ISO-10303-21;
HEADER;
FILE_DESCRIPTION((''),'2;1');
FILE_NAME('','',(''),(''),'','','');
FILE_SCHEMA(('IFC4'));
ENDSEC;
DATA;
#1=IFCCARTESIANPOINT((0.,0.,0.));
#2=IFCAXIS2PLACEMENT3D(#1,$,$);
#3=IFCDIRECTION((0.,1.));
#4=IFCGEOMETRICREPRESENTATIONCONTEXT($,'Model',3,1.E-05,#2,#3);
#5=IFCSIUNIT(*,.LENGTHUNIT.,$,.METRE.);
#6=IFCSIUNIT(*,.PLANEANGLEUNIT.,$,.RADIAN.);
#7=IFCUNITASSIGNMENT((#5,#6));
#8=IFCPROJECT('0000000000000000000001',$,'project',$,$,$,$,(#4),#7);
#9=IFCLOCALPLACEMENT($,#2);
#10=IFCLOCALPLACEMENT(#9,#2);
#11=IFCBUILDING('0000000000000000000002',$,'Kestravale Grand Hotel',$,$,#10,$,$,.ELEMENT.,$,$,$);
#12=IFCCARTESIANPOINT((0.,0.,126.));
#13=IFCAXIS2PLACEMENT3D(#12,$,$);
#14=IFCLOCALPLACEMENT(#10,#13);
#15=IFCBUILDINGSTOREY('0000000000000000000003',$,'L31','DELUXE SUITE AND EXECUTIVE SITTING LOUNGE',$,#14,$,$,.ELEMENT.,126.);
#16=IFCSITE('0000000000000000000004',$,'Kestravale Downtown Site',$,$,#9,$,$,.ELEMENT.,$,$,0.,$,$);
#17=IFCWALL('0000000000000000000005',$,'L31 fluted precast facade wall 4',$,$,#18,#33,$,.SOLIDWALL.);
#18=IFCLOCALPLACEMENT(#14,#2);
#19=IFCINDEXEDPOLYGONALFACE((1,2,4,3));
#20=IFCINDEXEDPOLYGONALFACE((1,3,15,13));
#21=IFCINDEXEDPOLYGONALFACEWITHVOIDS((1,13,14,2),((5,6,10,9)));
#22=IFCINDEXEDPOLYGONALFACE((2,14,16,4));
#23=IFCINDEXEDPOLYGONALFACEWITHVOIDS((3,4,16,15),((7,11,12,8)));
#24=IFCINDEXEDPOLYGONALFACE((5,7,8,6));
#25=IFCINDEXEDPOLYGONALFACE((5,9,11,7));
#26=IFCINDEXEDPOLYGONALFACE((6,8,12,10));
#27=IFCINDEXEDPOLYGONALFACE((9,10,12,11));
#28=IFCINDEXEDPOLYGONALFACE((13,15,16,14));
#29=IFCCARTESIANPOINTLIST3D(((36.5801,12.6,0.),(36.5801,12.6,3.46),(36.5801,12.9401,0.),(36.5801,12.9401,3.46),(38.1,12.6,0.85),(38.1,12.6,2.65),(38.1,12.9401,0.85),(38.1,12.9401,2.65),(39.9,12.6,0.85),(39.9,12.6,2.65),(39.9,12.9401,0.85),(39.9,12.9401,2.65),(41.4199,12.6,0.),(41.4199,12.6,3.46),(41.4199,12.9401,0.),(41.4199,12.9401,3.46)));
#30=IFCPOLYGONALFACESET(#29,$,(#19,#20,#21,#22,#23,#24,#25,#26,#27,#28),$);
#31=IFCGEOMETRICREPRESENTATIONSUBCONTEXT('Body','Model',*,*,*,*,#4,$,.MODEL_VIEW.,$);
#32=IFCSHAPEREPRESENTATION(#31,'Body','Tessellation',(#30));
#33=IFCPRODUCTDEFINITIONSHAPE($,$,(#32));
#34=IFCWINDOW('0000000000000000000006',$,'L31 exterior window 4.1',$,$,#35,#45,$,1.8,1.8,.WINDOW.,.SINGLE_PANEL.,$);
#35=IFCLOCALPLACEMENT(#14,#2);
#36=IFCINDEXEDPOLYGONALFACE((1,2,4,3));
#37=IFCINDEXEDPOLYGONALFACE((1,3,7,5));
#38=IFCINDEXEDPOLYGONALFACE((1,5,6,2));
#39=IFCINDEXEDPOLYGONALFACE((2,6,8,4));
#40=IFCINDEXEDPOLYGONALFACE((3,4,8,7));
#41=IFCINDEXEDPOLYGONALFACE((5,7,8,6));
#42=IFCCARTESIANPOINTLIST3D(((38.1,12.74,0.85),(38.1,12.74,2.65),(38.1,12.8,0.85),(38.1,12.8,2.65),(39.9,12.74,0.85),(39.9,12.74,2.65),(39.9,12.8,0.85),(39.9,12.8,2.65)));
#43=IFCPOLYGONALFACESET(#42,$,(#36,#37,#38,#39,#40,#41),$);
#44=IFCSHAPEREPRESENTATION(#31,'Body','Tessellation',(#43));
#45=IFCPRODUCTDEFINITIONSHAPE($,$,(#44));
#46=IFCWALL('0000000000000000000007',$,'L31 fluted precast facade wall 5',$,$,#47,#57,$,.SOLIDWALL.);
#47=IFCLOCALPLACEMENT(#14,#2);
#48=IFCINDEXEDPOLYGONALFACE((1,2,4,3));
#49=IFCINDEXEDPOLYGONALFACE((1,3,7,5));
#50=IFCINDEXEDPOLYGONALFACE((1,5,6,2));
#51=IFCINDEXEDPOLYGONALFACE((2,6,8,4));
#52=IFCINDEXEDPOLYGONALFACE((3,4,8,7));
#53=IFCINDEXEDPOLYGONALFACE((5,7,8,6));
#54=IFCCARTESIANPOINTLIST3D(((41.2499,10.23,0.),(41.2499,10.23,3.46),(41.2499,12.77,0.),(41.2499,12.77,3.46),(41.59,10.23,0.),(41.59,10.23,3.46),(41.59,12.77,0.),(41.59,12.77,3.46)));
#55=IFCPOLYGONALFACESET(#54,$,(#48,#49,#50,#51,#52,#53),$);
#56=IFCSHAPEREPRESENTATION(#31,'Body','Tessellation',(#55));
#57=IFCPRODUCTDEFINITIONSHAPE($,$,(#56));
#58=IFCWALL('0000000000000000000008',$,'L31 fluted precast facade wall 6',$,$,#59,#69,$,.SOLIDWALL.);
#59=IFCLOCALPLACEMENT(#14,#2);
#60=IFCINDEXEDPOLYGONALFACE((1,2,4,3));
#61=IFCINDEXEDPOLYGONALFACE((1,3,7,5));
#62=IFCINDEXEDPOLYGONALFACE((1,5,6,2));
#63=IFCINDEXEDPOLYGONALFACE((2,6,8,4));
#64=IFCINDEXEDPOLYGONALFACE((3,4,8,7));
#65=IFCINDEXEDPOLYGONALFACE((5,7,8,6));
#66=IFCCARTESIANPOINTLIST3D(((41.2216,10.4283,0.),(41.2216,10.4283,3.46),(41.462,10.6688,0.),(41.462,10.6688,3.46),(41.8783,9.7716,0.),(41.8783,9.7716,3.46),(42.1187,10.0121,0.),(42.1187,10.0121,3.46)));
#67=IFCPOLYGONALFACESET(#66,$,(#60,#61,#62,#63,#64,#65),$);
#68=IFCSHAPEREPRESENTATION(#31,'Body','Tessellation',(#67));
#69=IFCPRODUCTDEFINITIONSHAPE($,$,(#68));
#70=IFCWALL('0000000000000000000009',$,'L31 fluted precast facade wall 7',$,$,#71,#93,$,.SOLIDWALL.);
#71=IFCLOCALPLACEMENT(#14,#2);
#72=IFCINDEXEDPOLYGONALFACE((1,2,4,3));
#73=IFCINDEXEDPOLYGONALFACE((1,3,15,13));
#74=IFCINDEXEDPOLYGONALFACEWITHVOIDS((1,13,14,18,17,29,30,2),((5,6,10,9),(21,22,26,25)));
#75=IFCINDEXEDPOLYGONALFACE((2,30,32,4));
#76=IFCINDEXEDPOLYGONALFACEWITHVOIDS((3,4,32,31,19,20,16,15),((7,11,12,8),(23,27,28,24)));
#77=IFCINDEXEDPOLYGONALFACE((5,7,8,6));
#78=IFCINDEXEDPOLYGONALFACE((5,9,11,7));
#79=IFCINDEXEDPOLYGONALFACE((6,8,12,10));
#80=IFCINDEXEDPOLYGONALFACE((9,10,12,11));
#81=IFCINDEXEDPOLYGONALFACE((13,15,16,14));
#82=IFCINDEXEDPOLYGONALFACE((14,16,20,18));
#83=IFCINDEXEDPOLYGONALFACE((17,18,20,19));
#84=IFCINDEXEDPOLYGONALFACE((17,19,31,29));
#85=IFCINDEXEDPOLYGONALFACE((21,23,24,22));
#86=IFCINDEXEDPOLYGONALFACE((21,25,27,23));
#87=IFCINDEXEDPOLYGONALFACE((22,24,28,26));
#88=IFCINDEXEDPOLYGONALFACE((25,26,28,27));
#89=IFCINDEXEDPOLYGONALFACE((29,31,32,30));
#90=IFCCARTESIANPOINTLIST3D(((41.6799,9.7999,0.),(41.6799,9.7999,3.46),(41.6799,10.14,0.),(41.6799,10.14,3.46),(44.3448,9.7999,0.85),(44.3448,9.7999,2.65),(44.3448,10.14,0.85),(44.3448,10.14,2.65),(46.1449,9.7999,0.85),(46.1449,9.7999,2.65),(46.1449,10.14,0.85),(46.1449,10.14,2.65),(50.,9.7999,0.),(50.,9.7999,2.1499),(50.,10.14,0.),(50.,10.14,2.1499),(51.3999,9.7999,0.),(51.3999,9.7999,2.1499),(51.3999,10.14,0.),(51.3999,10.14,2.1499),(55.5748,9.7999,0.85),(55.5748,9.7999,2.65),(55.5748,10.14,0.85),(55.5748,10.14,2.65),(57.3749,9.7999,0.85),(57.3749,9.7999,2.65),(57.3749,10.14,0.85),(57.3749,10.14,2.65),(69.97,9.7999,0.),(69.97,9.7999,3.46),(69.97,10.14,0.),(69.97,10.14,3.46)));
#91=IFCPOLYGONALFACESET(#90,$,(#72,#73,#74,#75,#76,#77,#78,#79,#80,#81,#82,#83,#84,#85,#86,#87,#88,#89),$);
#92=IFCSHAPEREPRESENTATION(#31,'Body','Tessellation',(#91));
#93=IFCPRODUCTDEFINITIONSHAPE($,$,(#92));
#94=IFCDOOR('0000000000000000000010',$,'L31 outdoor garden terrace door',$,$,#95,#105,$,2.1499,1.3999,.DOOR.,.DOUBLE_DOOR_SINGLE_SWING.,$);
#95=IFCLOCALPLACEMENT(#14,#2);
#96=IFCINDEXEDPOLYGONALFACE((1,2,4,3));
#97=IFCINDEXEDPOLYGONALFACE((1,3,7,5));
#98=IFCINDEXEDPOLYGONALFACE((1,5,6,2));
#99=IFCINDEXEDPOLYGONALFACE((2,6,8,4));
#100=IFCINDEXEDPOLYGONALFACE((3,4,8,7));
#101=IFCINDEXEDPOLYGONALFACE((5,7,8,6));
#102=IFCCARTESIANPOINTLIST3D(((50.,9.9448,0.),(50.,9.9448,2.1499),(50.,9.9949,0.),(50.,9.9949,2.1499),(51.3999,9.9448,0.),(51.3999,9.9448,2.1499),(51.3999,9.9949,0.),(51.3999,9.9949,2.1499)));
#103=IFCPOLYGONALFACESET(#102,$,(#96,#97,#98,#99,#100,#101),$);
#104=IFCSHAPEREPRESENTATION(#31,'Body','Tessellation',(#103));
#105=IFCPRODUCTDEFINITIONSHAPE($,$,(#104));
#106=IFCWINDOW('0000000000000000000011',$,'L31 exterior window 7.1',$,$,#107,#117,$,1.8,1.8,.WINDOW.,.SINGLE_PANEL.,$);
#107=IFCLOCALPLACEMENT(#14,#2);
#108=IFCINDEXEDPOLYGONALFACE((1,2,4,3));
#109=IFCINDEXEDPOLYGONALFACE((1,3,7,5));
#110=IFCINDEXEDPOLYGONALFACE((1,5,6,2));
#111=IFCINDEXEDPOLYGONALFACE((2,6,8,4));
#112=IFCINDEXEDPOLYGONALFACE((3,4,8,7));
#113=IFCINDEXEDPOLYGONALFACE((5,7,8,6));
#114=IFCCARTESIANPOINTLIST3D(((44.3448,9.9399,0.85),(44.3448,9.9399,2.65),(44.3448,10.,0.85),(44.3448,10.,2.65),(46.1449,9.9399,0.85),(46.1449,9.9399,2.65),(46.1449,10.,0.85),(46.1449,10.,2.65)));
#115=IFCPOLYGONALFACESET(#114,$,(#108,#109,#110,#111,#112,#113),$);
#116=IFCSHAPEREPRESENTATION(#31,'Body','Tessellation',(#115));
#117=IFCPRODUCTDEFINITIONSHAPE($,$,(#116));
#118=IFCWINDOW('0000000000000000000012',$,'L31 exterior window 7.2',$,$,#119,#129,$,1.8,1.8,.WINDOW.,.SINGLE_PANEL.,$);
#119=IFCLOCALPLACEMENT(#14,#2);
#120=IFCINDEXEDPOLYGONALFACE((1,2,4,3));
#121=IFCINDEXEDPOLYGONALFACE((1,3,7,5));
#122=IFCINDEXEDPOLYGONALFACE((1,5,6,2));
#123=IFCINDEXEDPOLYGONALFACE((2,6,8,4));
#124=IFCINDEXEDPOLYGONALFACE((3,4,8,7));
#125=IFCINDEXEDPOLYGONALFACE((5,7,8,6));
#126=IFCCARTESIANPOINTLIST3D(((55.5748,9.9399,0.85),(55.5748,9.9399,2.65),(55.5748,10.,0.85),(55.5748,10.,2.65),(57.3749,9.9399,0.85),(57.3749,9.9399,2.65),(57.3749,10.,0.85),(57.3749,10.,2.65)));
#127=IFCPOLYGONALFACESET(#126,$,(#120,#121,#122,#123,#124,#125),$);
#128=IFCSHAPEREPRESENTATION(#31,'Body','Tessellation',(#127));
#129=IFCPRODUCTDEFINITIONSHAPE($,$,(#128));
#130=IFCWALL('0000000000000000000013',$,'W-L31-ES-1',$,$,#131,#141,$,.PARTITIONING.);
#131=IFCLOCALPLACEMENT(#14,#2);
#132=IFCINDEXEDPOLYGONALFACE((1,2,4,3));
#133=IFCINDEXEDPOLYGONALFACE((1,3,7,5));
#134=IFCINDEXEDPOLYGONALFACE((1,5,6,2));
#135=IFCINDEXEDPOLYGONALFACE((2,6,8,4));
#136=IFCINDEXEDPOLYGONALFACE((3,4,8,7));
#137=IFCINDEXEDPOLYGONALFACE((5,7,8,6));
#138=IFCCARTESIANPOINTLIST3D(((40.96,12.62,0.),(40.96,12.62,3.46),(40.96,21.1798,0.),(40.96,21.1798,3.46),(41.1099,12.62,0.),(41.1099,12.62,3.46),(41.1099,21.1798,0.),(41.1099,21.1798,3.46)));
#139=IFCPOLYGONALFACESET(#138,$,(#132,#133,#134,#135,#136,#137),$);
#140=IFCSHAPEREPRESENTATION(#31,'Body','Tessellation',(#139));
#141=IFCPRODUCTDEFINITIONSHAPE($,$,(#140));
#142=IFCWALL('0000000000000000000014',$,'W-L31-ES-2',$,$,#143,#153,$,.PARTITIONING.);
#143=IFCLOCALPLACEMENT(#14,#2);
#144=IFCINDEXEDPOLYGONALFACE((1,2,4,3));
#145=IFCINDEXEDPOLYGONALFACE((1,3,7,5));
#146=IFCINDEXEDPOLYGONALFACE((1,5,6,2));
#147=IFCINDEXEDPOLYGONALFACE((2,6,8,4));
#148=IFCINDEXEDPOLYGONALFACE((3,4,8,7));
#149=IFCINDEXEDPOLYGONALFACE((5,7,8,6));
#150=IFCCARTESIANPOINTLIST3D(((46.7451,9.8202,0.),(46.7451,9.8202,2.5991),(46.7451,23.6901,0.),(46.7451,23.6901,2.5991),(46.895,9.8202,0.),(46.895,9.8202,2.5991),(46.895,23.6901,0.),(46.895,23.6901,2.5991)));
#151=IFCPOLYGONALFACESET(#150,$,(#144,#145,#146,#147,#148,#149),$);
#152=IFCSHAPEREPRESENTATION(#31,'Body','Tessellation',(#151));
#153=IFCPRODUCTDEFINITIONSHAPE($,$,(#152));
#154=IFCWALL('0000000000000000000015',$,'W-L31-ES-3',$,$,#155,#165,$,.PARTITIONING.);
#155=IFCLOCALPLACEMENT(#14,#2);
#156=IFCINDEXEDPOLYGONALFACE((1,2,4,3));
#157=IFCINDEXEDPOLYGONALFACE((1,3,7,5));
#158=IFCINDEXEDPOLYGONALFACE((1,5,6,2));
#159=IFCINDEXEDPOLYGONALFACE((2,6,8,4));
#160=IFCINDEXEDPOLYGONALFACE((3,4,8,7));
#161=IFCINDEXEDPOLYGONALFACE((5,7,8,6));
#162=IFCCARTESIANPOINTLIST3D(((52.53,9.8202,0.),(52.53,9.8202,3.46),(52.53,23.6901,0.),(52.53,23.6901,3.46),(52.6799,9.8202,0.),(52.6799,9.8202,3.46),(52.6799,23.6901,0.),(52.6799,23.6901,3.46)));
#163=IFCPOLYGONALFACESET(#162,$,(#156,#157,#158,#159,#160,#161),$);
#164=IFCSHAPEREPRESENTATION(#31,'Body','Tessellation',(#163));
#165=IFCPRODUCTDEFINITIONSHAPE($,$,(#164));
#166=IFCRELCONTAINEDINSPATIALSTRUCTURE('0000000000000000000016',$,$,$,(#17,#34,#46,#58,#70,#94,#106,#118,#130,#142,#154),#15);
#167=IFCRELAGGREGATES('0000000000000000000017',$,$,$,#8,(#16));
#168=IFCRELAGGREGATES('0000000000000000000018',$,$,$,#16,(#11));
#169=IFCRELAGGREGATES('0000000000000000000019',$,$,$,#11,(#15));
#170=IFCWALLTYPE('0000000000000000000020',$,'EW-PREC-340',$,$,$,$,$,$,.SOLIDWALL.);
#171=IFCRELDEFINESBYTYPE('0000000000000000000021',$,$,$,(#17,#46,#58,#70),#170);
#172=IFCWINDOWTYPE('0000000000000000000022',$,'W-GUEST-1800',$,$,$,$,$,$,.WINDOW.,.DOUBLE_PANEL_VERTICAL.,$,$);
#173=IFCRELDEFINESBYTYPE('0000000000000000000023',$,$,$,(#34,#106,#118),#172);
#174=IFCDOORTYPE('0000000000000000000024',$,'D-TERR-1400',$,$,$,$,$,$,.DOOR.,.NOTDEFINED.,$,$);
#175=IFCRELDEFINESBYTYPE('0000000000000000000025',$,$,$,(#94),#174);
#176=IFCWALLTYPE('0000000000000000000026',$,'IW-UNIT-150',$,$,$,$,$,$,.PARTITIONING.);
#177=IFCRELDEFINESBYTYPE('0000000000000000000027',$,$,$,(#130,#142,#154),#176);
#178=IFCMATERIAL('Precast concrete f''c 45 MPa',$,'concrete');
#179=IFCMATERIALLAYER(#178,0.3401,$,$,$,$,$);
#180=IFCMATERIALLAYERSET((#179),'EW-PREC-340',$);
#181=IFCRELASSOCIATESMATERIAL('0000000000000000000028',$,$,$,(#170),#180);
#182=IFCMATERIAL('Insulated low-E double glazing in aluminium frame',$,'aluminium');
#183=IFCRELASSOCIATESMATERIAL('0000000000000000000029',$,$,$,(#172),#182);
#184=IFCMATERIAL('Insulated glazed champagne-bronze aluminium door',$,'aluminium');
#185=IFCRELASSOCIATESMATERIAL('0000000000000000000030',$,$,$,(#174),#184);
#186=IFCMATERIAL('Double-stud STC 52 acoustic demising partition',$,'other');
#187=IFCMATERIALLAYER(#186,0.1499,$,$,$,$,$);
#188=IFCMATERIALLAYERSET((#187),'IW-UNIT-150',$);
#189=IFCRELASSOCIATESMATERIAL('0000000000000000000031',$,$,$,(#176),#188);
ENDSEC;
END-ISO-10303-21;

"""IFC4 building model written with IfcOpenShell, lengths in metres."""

from ifc_helpers import new_model, si_unit, direction, frame, frame_2d, origin, place, context, subcontext, project, spatial, rectangle, extrude, material, layer, layer_set, type_object, element, fill, save


model = new_model("IFC4")

# Units and contexts
model_context = context("Model", 3, precision=1e-05, world=origin(), true_north=direction((0.0, 1.0)))
body_context = subcontext(model_context, "Body", "Model", "MODEL_VIEW")
ifc_project = project(units=[si_unit("LENGTHUNIT", "METRE"), si_unit("PLANEANGLEUNIT", "RADIAN")], contexts=[model_context])

# Site, building, storey
site_placement = place(None, origin())
site = spatial("IfcSite", under=ifc_project, at=site_placement, Name="Kestravale Downtown Site", CompositionType="ELEMENT", RefElevation=0.0)
building_placement = place(site_placement, origin())
building = spatial("IfcBuilding", under=site, at=building_placement, Name="Kestravale Grand Hotel", CompositionType="ELEMENT")
storey_placement = place(building_placement, frame((0.0, 0.0, 126.0)))
storey = spatial("IfcBuildingStorey", under=building, at=storey_placement, Name="L31", Description="DELUXE SUITE AND EXECUTIVE SITTING LOUNGE", CompositionType="ELEMENT", Elevation=126.0)

# Shared definitions
ifc_material_1 = material(Name="Precast concrete f'c 45 MPa", Category="concrete")
ifc_layer_1 = layer(ifc_material_1, 0.3401)
ifc_layer_set_1 = layer_set([ifc_layer_1], Name="EW-PREC-340")
wall_type_1 = type_object("IfcWallType", Name="EW-PREC-340", PredefinedType="SOLIDWALL", material=ifc_layer_set_1)

# Wall, opening, window
ifc_material_2 = material(Name="Insulated low-E double glazing in aluminium frame", Category="aluminium")
window_type = type_object("IfcWindowType", Name="W-GUEST-1800", PartitioningType="DOUBLE_PANEL_VERTICAL", PredefinedType="WINDOW", material=ifc_material_2)
wall_1_placement = place(storey_placement, frame((36.5801, 12.77, 0.0), z_axis=(0.0, 0.0, 1.0), x_axis=(1.0, 0.0, 0.0)))
wall_1 = element("IfcWall", 1, at=wall_1_placement, inside=storey, type_object=wall_type_1, Name="L31 fluted precast facade wall 4", PredefinedType="SOLIDWALL", context=body_context, shape_type="SweptSolid", body=[
    extrude(rectangle(XDim=4.8398, YDim=0.3401, at=frame_2d((2.4199, 0.0))), origin(), (0.0, 0.0, 1.0), 3.46),
])
opening_1_placement = place(wall_1_placement, frame((1.52, 0.0, 0.8501)))
opening_1 = element("IfcOpeningElement", 2, at=opening_1_placement, cuts=wall_1, PredefinedType="OPENING", context=body_context, shape_type="SweptSolid", body=[
    extrude(rectangle(XDim=1.8, YDim=1.8, at=frame_2d((0.8999, 0.8999))), frame((0.0, 0.1799, 0.0), z_axis=(0.0, -1.0, 0.0), x_axis=(1.0, 0.0, 0.0)), (0.0, 0.0, 1.0), 0.3601),
])
window_1_placement = place(opening_1_placement, origin())
window_1 = element("IfcWindow", 3, at=window_1_placement, inside=storey, type_object=window_type, Name="L31 exterior window 4.1", OverallHeight=1.8, OverallWidth=1.8, PartitioningType="SINGLE_PANEL", PredefinedType="WINDOW", context=body_context, shape_type="SweptSolid", body=[
    extrude(rectangle(XDim=1.8, YDim=1.8, at=frame_2d((0.8999, 0.8999))), frame((0.0, 0.03, 0.0), z_axis=(0.0, -1.0, 0.0), x_axis=(1.0, 0.0, 0.0)), (0.0, 0.0, 1.0), 0.0601),
])
fill(opening_1, window_1)

# Walls
wall_2_placement = place(storey_placement, frame((41.4199, 12.77, 0.0), z_axis=(0.0, 0.0, 1.0), x_axis=(0.0, -1.0, 0.0)))
element("IfcWall", 4, at=wall_2_placement, inside=storey, type_object=wall_type_1, Name="L31 fluted precast facade wall 5", PredefinedType="SOLIDWALL", context=body_context, shape_type="SweptSolid", body=[
    extrude(rectangle(XDim=2.54, YDim=0.3401, at=frame_2d((1.27, 0.0))), origin(), (0.0, 0.0, 1.0), 3.46),
])
wall_3_placement = place(storey_placement, frame((41.3418, 10.5486, 0.0), z_axis=(0.0, 0.0, 1.0), x_axis=(0.707107, -0.707107, 0.0)))
element("IfcWall", 5, at=wall_3_placement, inside=storey, type_object=wall_type_1, Name="L31 fluted precast facade wall 6", PredefinedType="SOLIDWALL", context=body_context, shape_type="SweptSolid", body=[
    extrude(rectangle(XDim=0.9287, YDim=0.3401, at=frame_2d((0.4644, 0.0))), origin(), (0.0, 0.0, 1.0), 3.46),
])

# Wall, openings, door, windows
wall_4_placement = place(storey_placement, frame((41.6799, 9.97, 0.0), z_axis=(0.0, 0.0, 1.0), x_axis=(1.0, 0.0, 0.0)))
wall_4 = element("IfcWall", 6, at=wall_4_placement, inside=storey, type_object=wall_type_1, Name="L31 fluted precast facade wall 7", PredefinedType="SOLIDWALL", context=body_context, shape_type="SweptSolid", body=[
    extrude(rectangle(XDim=28.29, YDim=0.3401, at=frame_2d((14.145, 0.0))), origin(), (0.0, 0.0, 1.0), 3.46),
])
opening_2_placement = place(wall_4_placement, frame((8.3201, 0.0, 0.0)))
opening_2 = element("IfcOpeningElement", 7, at=opening_2_placement, cuts=wall_4, PredefinedType="OPENING", context=body_context, shape_type="SweptSolid", body=[
    extrude(rectangle(XDim=1.3999, YDim=2.1499, at=frame_2d((0.7, 1.075))), frame((0.0, 0.1799, 0.0), z_axis=(0.0, -1.0, 0.0), x_axis=(1.0, 0.0, 0.0)), (0.0, 0.0, 1.0), 0.3601),
])
opening_3_placement = place(wall_4_placement, frame((2.665, 0.0, 0.8501)))
opening_3 = element("IfcOpeningElement", 8, at=opening_3_placement, cuts=wall_4, PredefinedType="OPENING", context=body_context, shape_type="SweptSolid", body=[
    extrude(rectangle(XDim=1.8, YDim=1.8, at=frame_2d((0.8999, 0.8999))), frame((0.0, 0.1799, 0.0), z_axis=(0.0, -1.0, 0.0), x_axis=(1.0, 0.0, 0.0)), (0.0, 0.0, 1.0), 0.3601),
])
opening_4_placement = place(wall_4_placement, frame((13.895, 0.0, 0.8501)))
opening_4 = element("IfcOpeningElement", 9, at=opening_4_placement, cuts=wall_4, PredefinedType="OPENING", context=body_context, shape_type="SweptSolid", body=[
    extrude(rectangle(XDim=1.8, YDim=1.8, at=frame_2d((0.8999, 0.8999))), frame((0.0, 0.1799, 0.0), z_axis=(0.0, -1.0, 0.0), x_axis=(1.0, 0.0, 0.0)), (0.0, 0.0, 1.0), 0.3601),
])
ifc_material_3 = material(Name="Insulated glazed champagne-bronze aluminium door", Category="aluminium")
door_type = type_object("IfcDoorType", Name="D-TERR-1400", OperationType="NOTDEFINED", PredefinedType="DOOR", material=ifc_material_3)
door_placement = place(opening_2_placement, origin())
door = element("IfcDoor", 10, at=door_placement, inside=storey, type_object=door_type, Name="L31 outdoor garden terrace door", OperationType="DOUBLE_DOOR_SINGLE_SWING", OverallHeight=2.1499, OverallWidth=1.3999, PredefinedType="DOOR", context=body_context, shape_type="SweptSolid", body=[
    extrude(rectangle(XDim=1.3999, YDim=2.1499, at=frame_2d((0.7, 1.075))), frame((0.0, 0.0249, 0.0), z_axis=(0.0, -1.0, 0.0), x_axis=(1.0, 0.0, 0.0)), (0.0, 0.0, 1.0), 0.05),
])
fill(opening_2, door)
window_2_placement = place(opening_3_placement, origin())
window_2 = element("IfcWindow", 11, at=window_2_placement, inside=storey, type_object=window_type, Name="L31 exterior window 7.1", OverallHeight=1.8, OverallWidth=1.8, PartitioningType="SINGLE_PANEL", PredefinedType="WINDOW", context=body_context, shape_type="SweptSolid", body=[
    extrude(rectangle(XDim=1.8, YDim=1.8, at=frame_2d((0.8999, 0.8999))), frame((0.0, 0.03, 0.0), z_axis=(0.0, -1.0, 0.0), x_axis=(1.0, 0.0, 0.0)), (0.0, 0.0, 1.0), 0.0601),
])
fill(opening_3, window_2)
window_3_placement = place(opening_4_placement, origin())
window_3 = element("IfcWindow", 12, at=window_3_placement, inside=storey, type_object=window_type, Name="L31 exterior window 7.2", OverallHeight=1.8, OverallWidth=1.8, PartitioningType="SINGLE_PANEL", PredefinedType="WINDOW", context=body_context, shape_type="SweptSolid", body=[
    extrude(rectangle(XDim=1.8, YDim=1.8, at=frame_2d((0.8999, 0.8999))), frame((0.0, 0.03, 0.0), z_axis=(0.0, -1.0, 0.0), x_axis=(1.0, 0.0, 0.0)), (0.0, 0.0, 1.0), 0.0601),
])
fill(opening_4, window_3)

# Walls
ifc_material_4 = material(Name="Double-stud STC 52 acoustic demising partition", Category="other")
ifc_layer_2 = layer(ifc_material_4, 0.1499)
ifc_layer_set_2 = layer_set([ifc_layer_2], Name="IW-UNIT-150")
wall_type_2 = type_object("IfcWallType", Name="IW-UNIT-150", PredefinedType="PARTITIONING", material=ifc_layer_set_2)
wall_5_placement = place(storey_placement, frame((41.0349, 12.6201, 0.0), z_axis=(0.0, 0.0, 1.0), x_axis=(0.0, 1.0, 0.0)))
element("IfcWall", 13, at=wall_5_placement, inside=storey, type_object=wall_type_2, Name="W-L31-ES-1", PredefinedType="PARTITIONING", context=body_context, shape_type="SweptSolid", body=[
    extrude(rectangle(XDim=8.5598, YDim=0.1499, at=frame_2d((4.2798, 0.0))), origin(), (0.0, 0.0, 1.0), 3.46),
])
wall_6_placement = place(storey_placement, frame((46.8201, 9.8201, 0.0), z_axis=(0.0, 0.0, 1.0), x_axis=(0.0, 1.0, 0.0)))
element("IfcWall", 14, at=wall_6_placement, inside=storey, type_object=wall_type_2, Name="W-L31-ES-2", PredefinedType="PARTITIONING", context=body_context, shape_type="SweptSolid", body=[
    extrude(rectangle(XDim=13.8699, YDim=0.1499, at=frame_2d((6.9351, 0.0))), origin(), (0.0, 0.0, 1.0), 2.5991),
])
wall_7_placement = place(storey_placement, frame((52.605, 9.8201, 0.0), z_axis=(0.0, 0.0, 1.0), x_axis=(0.0, 1.0, 0.0)))
element("IfcWall", 15, at=wall_7_placement, inside=storey, type_object=wall_type_2, Name="W-L31-ES-3", PredefinedType="PARTITIONING", context=body_context, shape_type="SweptSolid", body=[
    extrude(rectangle(XDim=13.8699, YDim=0.1499, at=frame_2d((6.9351, 0.0))), origin(), (0.0, 0.0, 1.0), 3.46),
])

save(model, "model.ifc")
